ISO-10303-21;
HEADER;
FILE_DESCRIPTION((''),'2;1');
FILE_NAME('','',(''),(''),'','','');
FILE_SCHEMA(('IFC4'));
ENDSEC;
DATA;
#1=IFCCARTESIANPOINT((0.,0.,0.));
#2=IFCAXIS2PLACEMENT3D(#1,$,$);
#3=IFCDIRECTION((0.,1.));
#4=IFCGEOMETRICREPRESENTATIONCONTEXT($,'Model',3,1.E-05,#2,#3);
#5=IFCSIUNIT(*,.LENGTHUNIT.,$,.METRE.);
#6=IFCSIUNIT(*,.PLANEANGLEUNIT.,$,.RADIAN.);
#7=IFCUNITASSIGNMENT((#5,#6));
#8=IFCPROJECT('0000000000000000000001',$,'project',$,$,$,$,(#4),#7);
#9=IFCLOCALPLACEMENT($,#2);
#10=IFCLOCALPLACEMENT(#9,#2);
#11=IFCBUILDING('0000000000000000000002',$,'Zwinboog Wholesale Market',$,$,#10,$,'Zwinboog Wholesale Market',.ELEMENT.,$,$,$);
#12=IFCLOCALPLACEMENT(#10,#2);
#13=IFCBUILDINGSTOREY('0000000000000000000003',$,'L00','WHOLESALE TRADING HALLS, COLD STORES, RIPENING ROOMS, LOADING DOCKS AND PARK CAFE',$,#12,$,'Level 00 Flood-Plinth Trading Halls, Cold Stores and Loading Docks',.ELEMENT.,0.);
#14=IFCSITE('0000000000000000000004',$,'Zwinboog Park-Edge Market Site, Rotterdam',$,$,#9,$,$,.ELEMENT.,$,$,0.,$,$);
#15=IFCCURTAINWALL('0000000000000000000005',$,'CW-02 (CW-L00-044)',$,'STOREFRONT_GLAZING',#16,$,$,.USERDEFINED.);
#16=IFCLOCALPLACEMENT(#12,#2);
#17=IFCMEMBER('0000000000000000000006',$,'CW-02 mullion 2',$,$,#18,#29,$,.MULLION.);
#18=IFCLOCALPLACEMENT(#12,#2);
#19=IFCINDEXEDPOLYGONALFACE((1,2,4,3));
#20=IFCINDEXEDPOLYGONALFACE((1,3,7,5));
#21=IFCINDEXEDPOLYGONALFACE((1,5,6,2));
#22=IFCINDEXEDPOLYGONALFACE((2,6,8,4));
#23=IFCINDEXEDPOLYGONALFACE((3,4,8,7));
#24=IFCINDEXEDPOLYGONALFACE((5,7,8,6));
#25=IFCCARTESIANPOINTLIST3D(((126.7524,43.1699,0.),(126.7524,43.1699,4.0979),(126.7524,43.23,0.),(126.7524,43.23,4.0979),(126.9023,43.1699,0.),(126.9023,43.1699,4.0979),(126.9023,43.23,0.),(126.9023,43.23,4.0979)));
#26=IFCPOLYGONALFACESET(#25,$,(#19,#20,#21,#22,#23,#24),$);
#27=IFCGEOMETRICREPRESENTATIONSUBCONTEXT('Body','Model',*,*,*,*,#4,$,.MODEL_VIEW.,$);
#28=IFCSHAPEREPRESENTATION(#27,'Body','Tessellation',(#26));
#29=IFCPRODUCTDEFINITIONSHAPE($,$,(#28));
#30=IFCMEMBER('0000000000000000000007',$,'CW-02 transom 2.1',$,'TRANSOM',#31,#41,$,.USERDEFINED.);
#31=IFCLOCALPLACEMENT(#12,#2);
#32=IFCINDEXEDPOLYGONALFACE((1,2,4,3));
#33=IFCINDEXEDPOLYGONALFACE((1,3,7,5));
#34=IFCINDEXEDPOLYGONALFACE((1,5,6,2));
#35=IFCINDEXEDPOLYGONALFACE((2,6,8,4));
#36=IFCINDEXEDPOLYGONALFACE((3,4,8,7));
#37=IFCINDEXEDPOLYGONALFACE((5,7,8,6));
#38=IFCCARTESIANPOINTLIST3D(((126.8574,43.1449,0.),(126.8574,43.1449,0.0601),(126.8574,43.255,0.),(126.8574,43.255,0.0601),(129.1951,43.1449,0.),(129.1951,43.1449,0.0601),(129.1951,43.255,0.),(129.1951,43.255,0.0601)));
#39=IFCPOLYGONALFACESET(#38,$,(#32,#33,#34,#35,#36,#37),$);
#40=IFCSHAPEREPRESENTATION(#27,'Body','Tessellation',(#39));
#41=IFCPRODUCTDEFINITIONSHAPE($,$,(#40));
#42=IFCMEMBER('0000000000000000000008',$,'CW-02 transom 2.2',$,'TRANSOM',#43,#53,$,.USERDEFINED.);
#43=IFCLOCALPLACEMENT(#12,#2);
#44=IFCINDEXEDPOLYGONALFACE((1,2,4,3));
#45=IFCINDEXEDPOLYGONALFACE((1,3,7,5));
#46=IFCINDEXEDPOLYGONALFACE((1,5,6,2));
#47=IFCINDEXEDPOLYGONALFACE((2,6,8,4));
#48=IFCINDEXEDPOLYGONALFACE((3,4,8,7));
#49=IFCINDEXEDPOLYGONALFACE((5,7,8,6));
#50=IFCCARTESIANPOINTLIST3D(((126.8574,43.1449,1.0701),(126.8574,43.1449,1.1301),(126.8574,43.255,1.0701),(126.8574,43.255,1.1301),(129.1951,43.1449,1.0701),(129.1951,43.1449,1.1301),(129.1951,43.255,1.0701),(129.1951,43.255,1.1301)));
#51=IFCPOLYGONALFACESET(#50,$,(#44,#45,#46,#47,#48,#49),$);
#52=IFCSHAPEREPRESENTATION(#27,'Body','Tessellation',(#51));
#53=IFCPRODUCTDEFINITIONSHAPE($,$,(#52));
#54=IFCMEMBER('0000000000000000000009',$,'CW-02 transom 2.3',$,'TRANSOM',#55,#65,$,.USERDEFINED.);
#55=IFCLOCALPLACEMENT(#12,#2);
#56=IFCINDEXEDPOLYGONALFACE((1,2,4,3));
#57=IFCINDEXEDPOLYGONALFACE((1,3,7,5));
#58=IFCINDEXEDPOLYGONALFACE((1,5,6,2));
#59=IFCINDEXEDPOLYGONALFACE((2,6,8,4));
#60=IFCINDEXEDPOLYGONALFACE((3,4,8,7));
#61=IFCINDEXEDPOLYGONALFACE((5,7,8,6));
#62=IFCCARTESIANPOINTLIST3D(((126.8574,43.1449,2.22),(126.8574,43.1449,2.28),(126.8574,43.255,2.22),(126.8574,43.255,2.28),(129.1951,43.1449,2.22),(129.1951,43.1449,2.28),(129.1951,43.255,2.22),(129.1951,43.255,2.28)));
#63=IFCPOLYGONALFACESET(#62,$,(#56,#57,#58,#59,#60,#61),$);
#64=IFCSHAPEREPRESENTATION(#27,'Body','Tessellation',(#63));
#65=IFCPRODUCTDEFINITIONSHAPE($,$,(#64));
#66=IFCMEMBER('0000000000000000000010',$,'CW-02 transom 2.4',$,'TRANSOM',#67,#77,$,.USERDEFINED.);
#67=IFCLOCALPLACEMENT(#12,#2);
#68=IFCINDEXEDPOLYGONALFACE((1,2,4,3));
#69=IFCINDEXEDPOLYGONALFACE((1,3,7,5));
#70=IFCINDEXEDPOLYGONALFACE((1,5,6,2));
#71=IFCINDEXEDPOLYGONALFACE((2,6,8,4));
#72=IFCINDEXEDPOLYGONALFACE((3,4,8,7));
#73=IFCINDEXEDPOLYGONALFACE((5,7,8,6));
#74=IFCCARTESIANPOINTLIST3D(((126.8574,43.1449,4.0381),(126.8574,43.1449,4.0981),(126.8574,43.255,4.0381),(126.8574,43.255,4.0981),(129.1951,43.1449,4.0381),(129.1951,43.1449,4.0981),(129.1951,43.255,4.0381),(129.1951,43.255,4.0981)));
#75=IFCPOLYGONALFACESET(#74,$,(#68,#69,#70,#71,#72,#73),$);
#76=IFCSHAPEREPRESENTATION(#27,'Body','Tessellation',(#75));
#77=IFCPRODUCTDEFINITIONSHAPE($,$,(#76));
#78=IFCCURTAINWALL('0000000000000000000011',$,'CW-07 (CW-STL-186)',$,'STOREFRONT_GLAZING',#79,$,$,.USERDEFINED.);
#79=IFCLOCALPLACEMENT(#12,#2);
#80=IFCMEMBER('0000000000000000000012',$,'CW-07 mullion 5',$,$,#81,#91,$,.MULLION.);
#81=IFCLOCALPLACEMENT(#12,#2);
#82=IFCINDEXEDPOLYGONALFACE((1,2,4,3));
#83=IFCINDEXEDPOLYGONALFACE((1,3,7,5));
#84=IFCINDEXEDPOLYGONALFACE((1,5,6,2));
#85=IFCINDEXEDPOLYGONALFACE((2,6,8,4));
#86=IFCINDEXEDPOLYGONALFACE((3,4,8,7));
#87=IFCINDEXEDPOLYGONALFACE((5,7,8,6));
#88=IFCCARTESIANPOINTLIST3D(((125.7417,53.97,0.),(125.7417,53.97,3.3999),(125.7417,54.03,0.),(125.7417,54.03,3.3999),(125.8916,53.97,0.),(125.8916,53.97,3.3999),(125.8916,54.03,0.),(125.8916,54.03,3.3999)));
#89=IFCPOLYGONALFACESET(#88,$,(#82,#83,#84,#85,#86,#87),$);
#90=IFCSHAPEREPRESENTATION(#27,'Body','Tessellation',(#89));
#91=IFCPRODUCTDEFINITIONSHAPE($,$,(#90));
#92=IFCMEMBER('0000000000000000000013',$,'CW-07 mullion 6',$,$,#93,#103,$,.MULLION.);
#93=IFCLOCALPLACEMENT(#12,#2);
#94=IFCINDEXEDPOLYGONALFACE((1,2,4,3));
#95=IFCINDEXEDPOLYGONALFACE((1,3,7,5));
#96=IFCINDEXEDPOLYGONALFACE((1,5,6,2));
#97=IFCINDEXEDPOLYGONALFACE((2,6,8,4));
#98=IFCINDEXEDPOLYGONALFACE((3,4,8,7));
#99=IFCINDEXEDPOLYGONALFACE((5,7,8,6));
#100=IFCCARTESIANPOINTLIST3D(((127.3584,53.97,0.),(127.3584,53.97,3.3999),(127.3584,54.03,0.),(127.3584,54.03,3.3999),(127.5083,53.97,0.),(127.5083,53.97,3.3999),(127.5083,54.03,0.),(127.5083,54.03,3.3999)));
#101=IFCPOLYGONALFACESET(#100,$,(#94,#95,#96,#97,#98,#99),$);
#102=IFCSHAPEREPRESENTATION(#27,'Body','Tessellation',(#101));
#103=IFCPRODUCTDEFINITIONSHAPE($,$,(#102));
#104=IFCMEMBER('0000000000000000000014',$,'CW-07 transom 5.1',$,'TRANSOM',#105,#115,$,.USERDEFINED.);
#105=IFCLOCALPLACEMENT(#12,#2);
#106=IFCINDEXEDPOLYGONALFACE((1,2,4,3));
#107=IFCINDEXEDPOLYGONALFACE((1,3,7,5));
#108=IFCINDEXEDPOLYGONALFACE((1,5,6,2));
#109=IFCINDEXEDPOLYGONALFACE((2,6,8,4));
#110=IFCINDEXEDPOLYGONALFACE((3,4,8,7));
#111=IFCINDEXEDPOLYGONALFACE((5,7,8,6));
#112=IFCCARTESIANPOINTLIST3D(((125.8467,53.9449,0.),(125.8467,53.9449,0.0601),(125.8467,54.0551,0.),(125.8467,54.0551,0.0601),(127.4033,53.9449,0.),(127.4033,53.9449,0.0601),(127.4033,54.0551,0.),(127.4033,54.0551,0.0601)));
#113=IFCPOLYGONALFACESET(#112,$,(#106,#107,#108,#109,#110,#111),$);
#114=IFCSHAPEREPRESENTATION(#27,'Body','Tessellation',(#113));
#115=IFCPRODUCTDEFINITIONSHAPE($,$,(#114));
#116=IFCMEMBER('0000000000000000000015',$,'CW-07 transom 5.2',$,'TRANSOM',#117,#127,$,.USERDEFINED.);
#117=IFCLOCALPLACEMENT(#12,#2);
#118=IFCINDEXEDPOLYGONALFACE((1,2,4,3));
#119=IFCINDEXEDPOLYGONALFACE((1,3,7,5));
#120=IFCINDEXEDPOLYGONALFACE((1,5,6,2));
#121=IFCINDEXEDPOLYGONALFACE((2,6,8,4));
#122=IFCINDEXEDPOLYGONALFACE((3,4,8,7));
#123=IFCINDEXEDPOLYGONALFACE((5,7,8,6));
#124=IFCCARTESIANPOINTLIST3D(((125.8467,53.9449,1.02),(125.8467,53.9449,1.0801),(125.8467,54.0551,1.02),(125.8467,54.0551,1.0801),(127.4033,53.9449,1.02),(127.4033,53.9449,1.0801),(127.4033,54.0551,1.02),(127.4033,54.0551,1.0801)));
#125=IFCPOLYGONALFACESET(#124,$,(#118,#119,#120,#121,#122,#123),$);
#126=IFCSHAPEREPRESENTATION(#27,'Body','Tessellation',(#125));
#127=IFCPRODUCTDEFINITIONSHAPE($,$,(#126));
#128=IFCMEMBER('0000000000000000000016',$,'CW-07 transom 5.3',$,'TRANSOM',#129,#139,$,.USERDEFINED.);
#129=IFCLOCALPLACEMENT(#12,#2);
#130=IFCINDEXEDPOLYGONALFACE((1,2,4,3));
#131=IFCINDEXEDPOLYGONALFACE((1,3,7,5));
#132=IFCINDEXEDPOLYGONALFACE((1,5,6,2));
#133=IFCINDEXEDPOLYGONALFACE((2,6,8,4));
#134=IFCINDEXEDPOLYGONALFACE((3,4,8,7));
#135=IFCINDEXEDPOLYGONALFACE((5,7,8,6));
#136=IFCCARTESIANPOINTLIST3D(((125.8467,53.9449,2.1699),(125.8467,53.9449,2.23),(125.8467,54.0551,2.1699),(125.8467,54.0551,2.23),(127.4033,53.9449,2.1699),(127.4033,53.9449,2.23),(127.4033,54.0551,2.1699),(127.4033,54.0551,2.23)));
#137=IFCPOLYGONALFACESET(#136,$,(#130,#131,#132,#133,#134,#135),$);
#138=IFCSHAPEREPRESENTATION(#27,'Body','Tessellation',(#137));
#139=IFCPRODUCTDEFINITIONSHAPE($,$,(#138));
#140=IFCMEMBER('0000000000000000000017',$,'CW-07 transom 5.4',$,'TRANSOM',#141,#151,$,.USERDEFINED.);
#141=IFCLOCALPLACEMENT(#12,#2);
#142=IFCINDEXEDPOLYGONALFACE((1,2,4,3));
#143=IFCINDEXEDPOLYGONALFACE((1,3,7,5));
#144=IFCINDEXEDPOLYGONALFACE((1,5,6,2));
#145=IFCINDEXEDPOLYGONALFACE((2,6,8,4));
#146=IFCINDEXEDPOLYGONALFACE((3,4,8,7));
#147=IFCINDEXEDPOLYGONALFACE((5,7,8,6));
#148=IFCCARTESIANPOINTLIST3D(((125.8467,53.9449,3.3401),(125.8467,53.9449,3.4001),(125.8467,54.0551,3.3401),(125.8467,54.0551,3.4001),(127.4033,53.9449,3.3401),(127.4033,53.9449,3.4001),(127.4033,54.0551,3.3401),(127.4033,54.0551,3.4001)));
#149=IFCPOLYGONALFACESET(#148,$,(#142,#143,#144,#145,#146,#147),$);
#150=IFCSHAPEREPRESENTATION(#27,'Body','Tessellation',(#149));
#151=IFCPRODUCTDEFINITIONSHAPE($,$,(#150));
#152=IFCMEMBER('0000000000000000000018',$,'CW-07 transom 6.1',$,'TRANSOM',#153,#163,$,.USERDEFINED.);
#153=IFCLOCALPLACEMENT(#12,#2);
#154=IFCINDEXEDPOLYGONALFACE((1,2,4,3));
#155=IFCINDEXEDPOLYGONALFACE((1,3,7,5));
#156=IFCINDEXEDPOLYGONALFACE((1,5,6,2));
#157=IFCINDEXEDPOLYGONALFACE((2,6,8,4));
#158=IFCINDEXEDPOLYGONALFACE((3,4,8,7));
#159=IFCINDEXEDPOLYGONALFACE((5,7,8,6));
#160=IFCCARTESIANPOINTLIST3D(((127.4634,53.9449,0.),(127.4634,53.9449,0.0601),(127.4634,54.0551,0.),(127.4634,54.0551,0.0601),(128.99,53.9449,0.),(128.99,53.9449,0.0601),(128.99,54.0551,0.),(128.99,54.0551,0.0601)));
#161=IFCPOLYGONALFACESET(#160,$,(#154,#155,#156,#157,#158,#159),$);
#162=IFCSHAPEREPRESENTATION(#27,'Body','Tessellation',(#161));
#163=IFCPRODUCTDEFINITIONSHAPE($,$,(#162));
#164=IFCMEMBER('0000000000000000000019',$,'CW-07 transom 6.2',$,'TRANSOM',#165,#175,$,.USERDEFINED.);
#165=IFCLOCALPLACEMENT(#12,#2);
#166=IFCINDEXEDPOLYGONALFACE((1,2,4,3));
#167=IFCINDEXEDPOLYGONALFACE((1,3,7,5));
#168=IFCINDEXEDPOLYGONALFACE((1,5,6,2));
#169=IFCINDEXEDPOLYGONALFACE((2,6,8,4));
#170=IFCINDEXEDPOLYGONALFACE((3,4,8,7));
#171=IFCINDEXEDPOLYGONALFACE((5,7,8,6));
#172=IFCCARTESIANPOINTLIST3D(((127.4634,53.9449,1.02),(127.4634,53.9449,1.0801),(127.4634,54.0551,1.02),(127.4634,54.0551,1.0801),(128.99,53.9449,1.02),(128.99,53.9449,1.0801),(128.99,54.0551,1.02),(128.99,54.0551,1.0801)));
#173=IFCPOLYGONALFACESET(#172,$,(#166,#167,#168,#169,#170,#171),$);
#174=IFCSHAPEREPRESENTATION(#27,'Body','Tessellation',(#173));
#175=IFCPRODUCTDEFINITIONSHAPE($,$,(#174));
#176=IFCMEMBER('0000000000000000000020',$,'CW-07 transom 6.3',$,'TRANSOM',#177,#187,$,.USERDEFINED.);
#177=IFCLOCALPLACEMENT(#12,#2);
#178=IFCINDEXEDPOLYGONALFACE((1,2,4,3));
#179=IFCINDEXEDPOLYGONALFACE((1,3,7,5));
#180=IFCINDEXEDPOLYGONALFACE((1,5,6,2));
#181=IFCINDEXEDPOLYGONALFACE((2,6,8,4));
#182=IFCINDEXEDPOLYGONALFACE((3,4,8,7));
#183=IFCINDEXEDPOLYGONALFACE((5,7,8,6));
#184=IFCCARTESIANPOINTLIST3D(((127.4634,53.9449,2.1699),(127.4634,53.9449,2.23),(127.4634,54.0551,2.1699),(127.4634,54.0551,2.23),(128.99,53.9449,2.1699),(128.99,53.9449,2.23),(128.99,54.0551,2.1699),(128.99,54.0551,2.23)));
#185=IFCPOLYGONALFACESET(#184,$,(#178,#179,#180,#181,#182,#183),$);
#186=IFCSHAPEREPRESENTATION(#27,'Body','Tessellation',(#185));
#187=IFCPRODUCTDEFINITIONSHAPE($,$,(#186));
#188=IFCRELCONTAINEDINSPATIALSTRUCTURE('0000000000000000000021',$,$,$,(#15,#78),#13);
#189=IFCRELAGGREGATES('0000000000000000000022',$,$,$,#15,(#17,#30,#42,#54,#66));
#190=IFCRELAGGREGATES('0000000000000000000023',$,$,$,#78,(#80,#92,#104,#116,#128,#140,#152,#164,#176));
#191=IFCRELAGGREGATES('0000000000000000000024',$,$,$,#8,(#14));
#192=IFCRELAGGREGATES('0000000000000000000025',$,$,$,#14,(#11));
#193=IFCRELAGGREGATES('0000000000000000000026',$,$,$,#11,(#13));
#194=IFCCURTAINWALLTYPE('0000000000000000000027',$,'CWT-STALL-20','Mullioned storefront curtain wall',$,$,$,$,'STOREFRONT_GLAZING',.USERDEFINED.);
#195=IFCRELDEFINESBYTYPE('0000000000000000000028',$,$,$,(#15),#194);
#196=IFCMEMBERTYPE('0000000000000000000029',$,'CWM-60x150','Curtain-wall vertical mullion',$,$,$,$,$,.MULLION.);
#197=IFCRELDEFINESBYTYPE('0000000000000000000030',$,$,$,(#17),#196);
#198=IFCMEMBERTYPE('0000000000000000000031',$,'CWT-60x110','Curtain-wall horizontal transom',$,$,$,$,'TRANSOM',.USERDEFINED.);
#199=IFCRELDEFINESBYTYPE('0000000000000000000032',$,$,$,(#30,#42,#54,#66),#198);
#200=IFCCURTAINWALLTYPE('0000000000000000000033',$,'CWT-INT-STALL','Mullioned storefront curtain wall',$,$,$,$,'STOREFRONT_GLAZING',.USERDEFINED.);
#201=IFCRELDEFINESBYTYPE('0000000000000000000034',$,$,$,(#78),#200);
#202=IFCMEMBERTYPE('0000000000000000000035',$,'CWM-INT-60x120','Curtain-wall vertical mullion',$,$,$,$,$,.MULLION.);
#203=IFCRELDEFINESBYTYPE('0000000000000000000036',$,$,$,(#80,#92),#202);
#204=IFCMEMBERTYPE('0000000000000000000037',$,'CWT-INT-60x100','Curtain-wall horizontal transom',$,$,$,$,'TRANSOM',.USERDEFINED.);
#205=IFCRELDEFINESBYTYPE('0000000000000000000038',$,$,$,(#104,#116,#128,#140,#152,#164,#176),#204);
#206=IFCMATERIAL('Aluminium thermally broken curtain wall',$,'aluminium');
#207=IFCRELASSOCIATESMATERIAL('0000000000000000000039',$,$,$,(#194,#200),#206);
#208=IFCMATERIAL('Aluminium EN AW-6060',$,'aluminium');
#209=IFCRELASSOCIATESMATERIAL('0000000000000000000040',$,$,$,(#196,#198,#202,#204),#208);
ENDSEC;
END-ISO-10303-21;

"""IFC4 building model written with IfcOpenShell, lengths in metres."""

from ifc_helpers import new_model, si_unit, direction, frame, origin, origin_2d, place, context, subcontext, project, spatial, rectangle, extrude, material, material_profile, profile_set, type_object, element, aggregate, save


model = new_model("IFC4")

# Units and contexts
model_context = context("Model", 3, precision=1e-05, world=origin(), true_north=direction((0.0, 1.0)))
body_context = subcontext(model_context, "Body", "Model", "MODEL_VIEW")
ifc_project = project(units=[si_unit("LENGTHUNIT", "METRE"), si_unit("PLANEANGLEUNIT", "RADIAN")], contexts=[model_context])

# Site, building, storey
site_placement = place(None, origin())
site = spatial("IfcSite", under=ifc_project, at=site_placement, Name="Zwinboog Park-Edge Market Site, Rotterdam", CompositionType="ELEMENT", RefElevation=0.0)
building_placement = place(site_placement, origin())
building = spatial("IfcBuilding", under=site, at=building_placement, Name="Zwinboog Wholesale Market", LongName="Zwinboog Wholesale Market", CompositionType="ELEMENT")
storey_placement = place(building_placement, origin())
storey = spatial("IfcBuildingStorey", under=building, at=storey_placement, Name="L00", Description="WHOLESALE TRADING HALLS, COLD STORES, RIPENING ROOMS, LOADING DOCKS AND PARK CAFE", LongName="Level 00 Flood-Plinth Trading Halls, Cold Stores and Loading Docks", CompositionType="ELEMENT", Elevation=0.0)

# Curtain walls, members
ifc_material_1 = material(Name="Aluminium thermally broken curtain wall", Category="aluminium")
curtain_wall_type_1 = type_object("IfcCurtainWallType", Name="CWT-STALL-20", Description="Mullioned storefront curtain wall", ElementType="STOREFRONT_GLAZING", PredefinedType="USERDEFINED", material=ifc_material_1)
curtain_wall_1_placement = place(storey_placement, origin())
curtain_wall_1 = element("IfcCurtainWall", 1, at=curtain_wall_1_placement, inside=storey, type_object=curtain_wall_type_1, Name="CW-02 (CW-L00-044)", ObjectType="STOREFRONT_GLAZING", PredefinedType="USERDEFINED")
ifc_material_2 = material(Name="Aluminium EN AW-6060", Category="aluminium")
ifc_material_profile_1 = material_profile(ifc_material_2, rectangle(XDim=0.0601, YDim=0.1499, at=origin_2d()), Name="AL 60x150")
ifc_profile_set_1 = profile_set([ifc_material_profile_1], Name="Aluminium EN AW-6060")
member_type_1 = type_object("IfcMemberType", Name="CWM-60x150", Description="Curtain-wall vertical mullion", PredefinedType="MULLION", material=ifc_profile_set_1)
member_1_placement = place(storey_placement, frame((126.8274, 43.2, 0.0), z_axis=(0.0, 0.0, 1.0), x_axis=(0.0, 1.0, 0.0)))
member_1 = element("IfcMember", 2, at=member_1_placement, type_object=member_type_1, Name="CW-02 mullion 2", PredefinedType="MULLION", context=body_context, shape_type="SweptSolid", body=[
    extrude(rectangle(XDim=0.0601, YDim=0.1499, at=origin_2d()), origin(), (0.0, 0.0, 1.0), 4.0979),
])
ifc_material_profile_2 = material_profile(ifc_material_2, rectangle(XDim=0.1101, YDim=0.0601, at=origin_2d()), Name="AL 60x110")
ifc_profile_set_2 = profile_set([ifc_material_profile_2], Name="Aluminium EN AW-6060")
member_type_2 = type_object("IfcMemberType", Name="CWT-60x110", Description="Curtain-wall horizontal transom", ElementType="TRANSOM", PredefinedType="USERDEFINED", material=ifc_profile_set_2)
member_2_placement = place(storey_placement, frame((126.8574, 43.2, 0.03), z_axis=(1.0, 0.0, 0.0), x_axis=(0.0, 1.0, 0.0)))
member_2 = element("IfcMember", 3, at=member_2_placement, type_object=member_type_2, Name="CW-02 transom 2.1", ObjectType="TRANSOM", PredefinedType="USERDEFINED", context=body_context, shape_type="SweptSolid", body=[
    extrude(rectangle(XDim=0.1101, YDim=0.0601, at=origin_2d()), origin(), (0.0, 0.0, 1.0), 2.3376),
])
member_3_placement = place(storey_placement, frame((126.8574, 43.2, 1.1001), z_axis=(1.0, 0.0, 0.0), x_axis=(0.0, 1.0, 0.0)))
member_3 = element("IfcMember", 4, at=member_3_placement, type_object=member_type_2, Name="CW-02 transom 2.2", ObjectType="TRANSOM", PredefinedType="USERDEFINED", context=body_context, shape_type="SweptSolid", body=[
    extrude(rectangle(XDim=0.1101, YDim=0.0601, at=origin_2d()), origin(), (0.0, 0.0, 1.0), 2.3376),
])
member_4_placement = place(storey_placement, frame((126.8574, 43.2, 2.25), z_axis=(1.0, 0.0, 0.0), x_axis=(0.0, 1.0, 0.0)))
member_4 = element("IfcMember", 5, at=member_4_placement, type_object=member_type_2, Name="CW-02 transom 2.3", ObjectType="TRANSOM", PredefinedType="USERDEFINED", context=body_context, shape_type="SweptSolid", body=[
    extrude(rectangle(XDim=0.1101, YDim=0.0601, at=origin_2d()), origin(), (0.0, 0.0, 1.0), 2.3376),
])
member_5_placement = place(storey_placement, frame((126.8574, 43.2, 4.0681), z_axis=(1.0, 0.0, 0.0), x_axis=(0.0, 1.0, 0.0)))
member_5 = element("IfcMember", 6, at=member_5_placement, type_object=member_type_2, Name="CW-02 transom 2.4", ObjectType="TRANSOM", PredefinedType="USERDEFINED", context=body_context, shape_type="SweptSolid", body=[
    extrude(rectangle(XDim=0.1101, YDim=0.0601, at=origin_2d()), origin(), (0.0, 0.0, 1.0), 2.3376),
])
curtain_wall_type_2 = type_object("IfcCurtainWallType", Name="CWT-INT-STALL", Description="Mullioned storefront curtain wall", ElementType="STOREFRONT_GLAZING", PredefinedType="USERDEFINED", material=ifc_material_1)
curtain_wall_2_placement = place(storey_placement, origin())
curtain_wall_2 = element("IfcCurtainWall", 7, at=curtain_wall_2_placement, inside=storey, type_object=curtain_wall_type_2, Name="CW-07 (CW-STL-186)", ObjectType="STOREFRONT_GLAZING", PredefinedType="USERDEFINED")
ifc_material_profile_3 = material_profile(ifc_material_2, rectangle(XDim=0.0601, YDim=0.1499, at=origin_2d()), Name="AL 60x150")
ifc_profile_set_3 = profile_set([ifc_material_profile_3], Name="Aluminium EN AW-6060")
member_type_3 = type_object("IfcMemberType", Name="CWM-INT-60x120", Description="Curtain-wall vertical mullion", PredefinedType="MULLION", material=ifc_profile_set_3)
member_6_placement = place(storey_placement, frame((125.8167, 54.0, 0.0), z_axis=(0.0, 0.0, 1.0), x_axis=(0.0, 1.0, 0.0)))
member_6 = element("IfcMember", 8, at=member_6_placement, type_object=member_type_3, Name="CW-07 mullion 5", PredefinedType="MULLION", context=body_context, shape_type="SweptSolid", body=[
    extrude(rectangle(XDim=0.0601, YDim=0.1499, at=origin_2d()), origin(), (0.0, 0.0, 1.0), 3.3999),
])
member_7_placement = place(storey_placement, frame((127.4333, 54.0, 0.0), z_axis=(0.0, 0.0, 1.0), x_axis=(0.0, 1.0, 0.0)))
member_7 = element("IfcMember", 9, at=member_7_placement, type_object=member_type_3, Name="CW-07 mullion 6", PredefinedType="MULLION", context=body_context, shape_type="SweptSolid", body=[
    extrude(rectangle(XDim=0.0601, YDim=0.1499, at=origin_2d()), origin(), (0.0, 0.0, 1.0), 3.3999),
])
ifc_material_profile_4 = material_profile(ifc_material_2, rectangle(XDim=0.1101, YDim=0.0601, at=origin_2d()), Name="AL 60x110")
ifc_profile_set_4 = profile_set([ifc_material_profile_4], Name="Aluminium EN AW-6060")
member_type_4 = type_object("IfcMemberType", Name="CWT-INT-60x100", Description="Curtain-wall horizontal transom", ElementType="TRANSOM", PredefinedType="USERDEFINED", material=ifc_profile_set_4)
member_8_placement = place(storey_placement, frame((125.8467, 54.0, 0.03), z_axis=(1.0, 0.0, 0.0), x_axis=(0.0, 1.0, 0.0)))
member_8 = element("IfcMember", 10, at=member_8_placement, type_object=member_type_4, Name="CW-07 transom 5.1", ObjectType="TRANSOM", PredefinedType="USERDEFINED", context=body_context, shape_type="SweptSolid", body=[
    extrude(rectangle(XDim=0.1101, YDim=0.0601, at=origin_2d()), origin(), (0.0, 0.0, 1.0), 1.5566),
])
member_9_placement = place(storey_placement, frame((125.8467, 54.0, 1.05), z_axis=(1.0, 0.0, 0.0), x_axis=(0.0, 1.0, 0.0)))
member_9 = element("IfcMember", 11, at=member_9_placement, type_object=member_type_4, Name="CW-07 transom 5.2", ObjectType="TRANSOM", PredefinedType="USERDEFINED", context=body_context, shape_type="SweptSolid", body=[
    extrude(rectangle(XDim=0.1101, YDim=0.0601, at=origin_2d()), origin(), (0.0, 0.0, 1.0), 1.5566),
])
member_10_placement = place(storey_placement, frame((125.8467, 54.0, 2.2), z_axis=(1.0, 0.0, 0.0), x_axis=(0.0, 1.0, 0.0)))
member_10 = element("IfcMember", 12, at=member_10_placement, type_object=member_type_4, Name="CW-07 transom 5.3", ObjectType="TRANSOM", PredefinedType="USERDEFINED", context=body_context, shape_type="SweptSolid", body=[
    extrude(rectangle(XDim=0.1101, YDim=0.0601, at=origin_2d()), origin(), (0.0, 0.0, 1.0), 1.5566),
])
member_11_placement = place(storey_placement, frame((125.8467, 54.0, 3.3701), z_axis=(1.0, 0.0, 0.0), x_axis=(0.0, 1.0, 0.0)))
member_11 = element("IfcMember", 13, at=member_11_placement, type_object=member_type_4, Name="CW-07 transom 5.4", ObjectType="TRANSOM", PredefinedType="USERDEFINED", context=body_context, shape_type="SweptSolid", body=[
    extrude(rectangle(XDim=0.1101, YDim=0.0601, at=origin_2d()), origin(), (0.0, 0.0, 1.0), 1.5566),
])
member_12_placement = place(storey_placement, frame((127.4634, 54.0, 0.03), z_axis=(1.0, 0.0, 0.0), x_axis=(0.0, 1.0, 0.0)))
member_12 = element("IfcMember", 14, at=member_12_placement, type_object=member_type_4, Name="CW-07 transom 6.1", ObjectType="TRANSOM", PredefinedType="USERDEFINED", context=body_context, shape_type="SweptSolid", body=[
    extrude(rectangle(XDim=0.1101, YDim=0.0601, at=origin_2d()), origin(), (0.0, 0.0, 1.0), 1.5266),
])
member_13_placement = place(storey_placement, frame((127.4634, 54.0, 1.05), z_axis=(1.0, 0.0, 0.0), x_axis=(0.0, 1.0, 0.0)))
member_13 = element("IfcMember", 15, at=member_13_placement, type_object=member_type_4, Name="CW-07 transom 6.2", ObjectType="TRANSOM", PredefinedType="USERDEFINED", context=body_context, shape_type="SweptSolid", body=[
    extrude(rectangle(XDim=0.1101, YDim=0.0601, at=origin_2d()), origin(), (0.0, 0.0, 1.0), 1.5266),
])
member_14_placement = place(storey_placement, frame((127.4634, 54.0, 2.2), z_axis=(1.0, 0.0, 0.0), x_axis=(0.0, 1.0, 0.0)))
member_14 = element("IfcMember", 16, at=member_14_placement, type_object=member_type_4, Name="CW-07 transom 6.3", ObjectType="TRANSOM", PredefinedType="USERDEFINED", context=body_context, shape_type="SweptSolid", body=[
    extrude(rectangle(XDim=0.1101, YDim=0.0601, at=origin_2d()), origin(), (0.0, 0.0, 1.0), 1.5266),
])

aggregate(curtain_wall_1, [member_1, member_2, member_3, member_4, member_5])
aggregate(curtain_wall_2, [member_6, member_7, member_8, member_9, member_10, member_11, member_12, member_13, member_14])

save(model, "model.ifc")
